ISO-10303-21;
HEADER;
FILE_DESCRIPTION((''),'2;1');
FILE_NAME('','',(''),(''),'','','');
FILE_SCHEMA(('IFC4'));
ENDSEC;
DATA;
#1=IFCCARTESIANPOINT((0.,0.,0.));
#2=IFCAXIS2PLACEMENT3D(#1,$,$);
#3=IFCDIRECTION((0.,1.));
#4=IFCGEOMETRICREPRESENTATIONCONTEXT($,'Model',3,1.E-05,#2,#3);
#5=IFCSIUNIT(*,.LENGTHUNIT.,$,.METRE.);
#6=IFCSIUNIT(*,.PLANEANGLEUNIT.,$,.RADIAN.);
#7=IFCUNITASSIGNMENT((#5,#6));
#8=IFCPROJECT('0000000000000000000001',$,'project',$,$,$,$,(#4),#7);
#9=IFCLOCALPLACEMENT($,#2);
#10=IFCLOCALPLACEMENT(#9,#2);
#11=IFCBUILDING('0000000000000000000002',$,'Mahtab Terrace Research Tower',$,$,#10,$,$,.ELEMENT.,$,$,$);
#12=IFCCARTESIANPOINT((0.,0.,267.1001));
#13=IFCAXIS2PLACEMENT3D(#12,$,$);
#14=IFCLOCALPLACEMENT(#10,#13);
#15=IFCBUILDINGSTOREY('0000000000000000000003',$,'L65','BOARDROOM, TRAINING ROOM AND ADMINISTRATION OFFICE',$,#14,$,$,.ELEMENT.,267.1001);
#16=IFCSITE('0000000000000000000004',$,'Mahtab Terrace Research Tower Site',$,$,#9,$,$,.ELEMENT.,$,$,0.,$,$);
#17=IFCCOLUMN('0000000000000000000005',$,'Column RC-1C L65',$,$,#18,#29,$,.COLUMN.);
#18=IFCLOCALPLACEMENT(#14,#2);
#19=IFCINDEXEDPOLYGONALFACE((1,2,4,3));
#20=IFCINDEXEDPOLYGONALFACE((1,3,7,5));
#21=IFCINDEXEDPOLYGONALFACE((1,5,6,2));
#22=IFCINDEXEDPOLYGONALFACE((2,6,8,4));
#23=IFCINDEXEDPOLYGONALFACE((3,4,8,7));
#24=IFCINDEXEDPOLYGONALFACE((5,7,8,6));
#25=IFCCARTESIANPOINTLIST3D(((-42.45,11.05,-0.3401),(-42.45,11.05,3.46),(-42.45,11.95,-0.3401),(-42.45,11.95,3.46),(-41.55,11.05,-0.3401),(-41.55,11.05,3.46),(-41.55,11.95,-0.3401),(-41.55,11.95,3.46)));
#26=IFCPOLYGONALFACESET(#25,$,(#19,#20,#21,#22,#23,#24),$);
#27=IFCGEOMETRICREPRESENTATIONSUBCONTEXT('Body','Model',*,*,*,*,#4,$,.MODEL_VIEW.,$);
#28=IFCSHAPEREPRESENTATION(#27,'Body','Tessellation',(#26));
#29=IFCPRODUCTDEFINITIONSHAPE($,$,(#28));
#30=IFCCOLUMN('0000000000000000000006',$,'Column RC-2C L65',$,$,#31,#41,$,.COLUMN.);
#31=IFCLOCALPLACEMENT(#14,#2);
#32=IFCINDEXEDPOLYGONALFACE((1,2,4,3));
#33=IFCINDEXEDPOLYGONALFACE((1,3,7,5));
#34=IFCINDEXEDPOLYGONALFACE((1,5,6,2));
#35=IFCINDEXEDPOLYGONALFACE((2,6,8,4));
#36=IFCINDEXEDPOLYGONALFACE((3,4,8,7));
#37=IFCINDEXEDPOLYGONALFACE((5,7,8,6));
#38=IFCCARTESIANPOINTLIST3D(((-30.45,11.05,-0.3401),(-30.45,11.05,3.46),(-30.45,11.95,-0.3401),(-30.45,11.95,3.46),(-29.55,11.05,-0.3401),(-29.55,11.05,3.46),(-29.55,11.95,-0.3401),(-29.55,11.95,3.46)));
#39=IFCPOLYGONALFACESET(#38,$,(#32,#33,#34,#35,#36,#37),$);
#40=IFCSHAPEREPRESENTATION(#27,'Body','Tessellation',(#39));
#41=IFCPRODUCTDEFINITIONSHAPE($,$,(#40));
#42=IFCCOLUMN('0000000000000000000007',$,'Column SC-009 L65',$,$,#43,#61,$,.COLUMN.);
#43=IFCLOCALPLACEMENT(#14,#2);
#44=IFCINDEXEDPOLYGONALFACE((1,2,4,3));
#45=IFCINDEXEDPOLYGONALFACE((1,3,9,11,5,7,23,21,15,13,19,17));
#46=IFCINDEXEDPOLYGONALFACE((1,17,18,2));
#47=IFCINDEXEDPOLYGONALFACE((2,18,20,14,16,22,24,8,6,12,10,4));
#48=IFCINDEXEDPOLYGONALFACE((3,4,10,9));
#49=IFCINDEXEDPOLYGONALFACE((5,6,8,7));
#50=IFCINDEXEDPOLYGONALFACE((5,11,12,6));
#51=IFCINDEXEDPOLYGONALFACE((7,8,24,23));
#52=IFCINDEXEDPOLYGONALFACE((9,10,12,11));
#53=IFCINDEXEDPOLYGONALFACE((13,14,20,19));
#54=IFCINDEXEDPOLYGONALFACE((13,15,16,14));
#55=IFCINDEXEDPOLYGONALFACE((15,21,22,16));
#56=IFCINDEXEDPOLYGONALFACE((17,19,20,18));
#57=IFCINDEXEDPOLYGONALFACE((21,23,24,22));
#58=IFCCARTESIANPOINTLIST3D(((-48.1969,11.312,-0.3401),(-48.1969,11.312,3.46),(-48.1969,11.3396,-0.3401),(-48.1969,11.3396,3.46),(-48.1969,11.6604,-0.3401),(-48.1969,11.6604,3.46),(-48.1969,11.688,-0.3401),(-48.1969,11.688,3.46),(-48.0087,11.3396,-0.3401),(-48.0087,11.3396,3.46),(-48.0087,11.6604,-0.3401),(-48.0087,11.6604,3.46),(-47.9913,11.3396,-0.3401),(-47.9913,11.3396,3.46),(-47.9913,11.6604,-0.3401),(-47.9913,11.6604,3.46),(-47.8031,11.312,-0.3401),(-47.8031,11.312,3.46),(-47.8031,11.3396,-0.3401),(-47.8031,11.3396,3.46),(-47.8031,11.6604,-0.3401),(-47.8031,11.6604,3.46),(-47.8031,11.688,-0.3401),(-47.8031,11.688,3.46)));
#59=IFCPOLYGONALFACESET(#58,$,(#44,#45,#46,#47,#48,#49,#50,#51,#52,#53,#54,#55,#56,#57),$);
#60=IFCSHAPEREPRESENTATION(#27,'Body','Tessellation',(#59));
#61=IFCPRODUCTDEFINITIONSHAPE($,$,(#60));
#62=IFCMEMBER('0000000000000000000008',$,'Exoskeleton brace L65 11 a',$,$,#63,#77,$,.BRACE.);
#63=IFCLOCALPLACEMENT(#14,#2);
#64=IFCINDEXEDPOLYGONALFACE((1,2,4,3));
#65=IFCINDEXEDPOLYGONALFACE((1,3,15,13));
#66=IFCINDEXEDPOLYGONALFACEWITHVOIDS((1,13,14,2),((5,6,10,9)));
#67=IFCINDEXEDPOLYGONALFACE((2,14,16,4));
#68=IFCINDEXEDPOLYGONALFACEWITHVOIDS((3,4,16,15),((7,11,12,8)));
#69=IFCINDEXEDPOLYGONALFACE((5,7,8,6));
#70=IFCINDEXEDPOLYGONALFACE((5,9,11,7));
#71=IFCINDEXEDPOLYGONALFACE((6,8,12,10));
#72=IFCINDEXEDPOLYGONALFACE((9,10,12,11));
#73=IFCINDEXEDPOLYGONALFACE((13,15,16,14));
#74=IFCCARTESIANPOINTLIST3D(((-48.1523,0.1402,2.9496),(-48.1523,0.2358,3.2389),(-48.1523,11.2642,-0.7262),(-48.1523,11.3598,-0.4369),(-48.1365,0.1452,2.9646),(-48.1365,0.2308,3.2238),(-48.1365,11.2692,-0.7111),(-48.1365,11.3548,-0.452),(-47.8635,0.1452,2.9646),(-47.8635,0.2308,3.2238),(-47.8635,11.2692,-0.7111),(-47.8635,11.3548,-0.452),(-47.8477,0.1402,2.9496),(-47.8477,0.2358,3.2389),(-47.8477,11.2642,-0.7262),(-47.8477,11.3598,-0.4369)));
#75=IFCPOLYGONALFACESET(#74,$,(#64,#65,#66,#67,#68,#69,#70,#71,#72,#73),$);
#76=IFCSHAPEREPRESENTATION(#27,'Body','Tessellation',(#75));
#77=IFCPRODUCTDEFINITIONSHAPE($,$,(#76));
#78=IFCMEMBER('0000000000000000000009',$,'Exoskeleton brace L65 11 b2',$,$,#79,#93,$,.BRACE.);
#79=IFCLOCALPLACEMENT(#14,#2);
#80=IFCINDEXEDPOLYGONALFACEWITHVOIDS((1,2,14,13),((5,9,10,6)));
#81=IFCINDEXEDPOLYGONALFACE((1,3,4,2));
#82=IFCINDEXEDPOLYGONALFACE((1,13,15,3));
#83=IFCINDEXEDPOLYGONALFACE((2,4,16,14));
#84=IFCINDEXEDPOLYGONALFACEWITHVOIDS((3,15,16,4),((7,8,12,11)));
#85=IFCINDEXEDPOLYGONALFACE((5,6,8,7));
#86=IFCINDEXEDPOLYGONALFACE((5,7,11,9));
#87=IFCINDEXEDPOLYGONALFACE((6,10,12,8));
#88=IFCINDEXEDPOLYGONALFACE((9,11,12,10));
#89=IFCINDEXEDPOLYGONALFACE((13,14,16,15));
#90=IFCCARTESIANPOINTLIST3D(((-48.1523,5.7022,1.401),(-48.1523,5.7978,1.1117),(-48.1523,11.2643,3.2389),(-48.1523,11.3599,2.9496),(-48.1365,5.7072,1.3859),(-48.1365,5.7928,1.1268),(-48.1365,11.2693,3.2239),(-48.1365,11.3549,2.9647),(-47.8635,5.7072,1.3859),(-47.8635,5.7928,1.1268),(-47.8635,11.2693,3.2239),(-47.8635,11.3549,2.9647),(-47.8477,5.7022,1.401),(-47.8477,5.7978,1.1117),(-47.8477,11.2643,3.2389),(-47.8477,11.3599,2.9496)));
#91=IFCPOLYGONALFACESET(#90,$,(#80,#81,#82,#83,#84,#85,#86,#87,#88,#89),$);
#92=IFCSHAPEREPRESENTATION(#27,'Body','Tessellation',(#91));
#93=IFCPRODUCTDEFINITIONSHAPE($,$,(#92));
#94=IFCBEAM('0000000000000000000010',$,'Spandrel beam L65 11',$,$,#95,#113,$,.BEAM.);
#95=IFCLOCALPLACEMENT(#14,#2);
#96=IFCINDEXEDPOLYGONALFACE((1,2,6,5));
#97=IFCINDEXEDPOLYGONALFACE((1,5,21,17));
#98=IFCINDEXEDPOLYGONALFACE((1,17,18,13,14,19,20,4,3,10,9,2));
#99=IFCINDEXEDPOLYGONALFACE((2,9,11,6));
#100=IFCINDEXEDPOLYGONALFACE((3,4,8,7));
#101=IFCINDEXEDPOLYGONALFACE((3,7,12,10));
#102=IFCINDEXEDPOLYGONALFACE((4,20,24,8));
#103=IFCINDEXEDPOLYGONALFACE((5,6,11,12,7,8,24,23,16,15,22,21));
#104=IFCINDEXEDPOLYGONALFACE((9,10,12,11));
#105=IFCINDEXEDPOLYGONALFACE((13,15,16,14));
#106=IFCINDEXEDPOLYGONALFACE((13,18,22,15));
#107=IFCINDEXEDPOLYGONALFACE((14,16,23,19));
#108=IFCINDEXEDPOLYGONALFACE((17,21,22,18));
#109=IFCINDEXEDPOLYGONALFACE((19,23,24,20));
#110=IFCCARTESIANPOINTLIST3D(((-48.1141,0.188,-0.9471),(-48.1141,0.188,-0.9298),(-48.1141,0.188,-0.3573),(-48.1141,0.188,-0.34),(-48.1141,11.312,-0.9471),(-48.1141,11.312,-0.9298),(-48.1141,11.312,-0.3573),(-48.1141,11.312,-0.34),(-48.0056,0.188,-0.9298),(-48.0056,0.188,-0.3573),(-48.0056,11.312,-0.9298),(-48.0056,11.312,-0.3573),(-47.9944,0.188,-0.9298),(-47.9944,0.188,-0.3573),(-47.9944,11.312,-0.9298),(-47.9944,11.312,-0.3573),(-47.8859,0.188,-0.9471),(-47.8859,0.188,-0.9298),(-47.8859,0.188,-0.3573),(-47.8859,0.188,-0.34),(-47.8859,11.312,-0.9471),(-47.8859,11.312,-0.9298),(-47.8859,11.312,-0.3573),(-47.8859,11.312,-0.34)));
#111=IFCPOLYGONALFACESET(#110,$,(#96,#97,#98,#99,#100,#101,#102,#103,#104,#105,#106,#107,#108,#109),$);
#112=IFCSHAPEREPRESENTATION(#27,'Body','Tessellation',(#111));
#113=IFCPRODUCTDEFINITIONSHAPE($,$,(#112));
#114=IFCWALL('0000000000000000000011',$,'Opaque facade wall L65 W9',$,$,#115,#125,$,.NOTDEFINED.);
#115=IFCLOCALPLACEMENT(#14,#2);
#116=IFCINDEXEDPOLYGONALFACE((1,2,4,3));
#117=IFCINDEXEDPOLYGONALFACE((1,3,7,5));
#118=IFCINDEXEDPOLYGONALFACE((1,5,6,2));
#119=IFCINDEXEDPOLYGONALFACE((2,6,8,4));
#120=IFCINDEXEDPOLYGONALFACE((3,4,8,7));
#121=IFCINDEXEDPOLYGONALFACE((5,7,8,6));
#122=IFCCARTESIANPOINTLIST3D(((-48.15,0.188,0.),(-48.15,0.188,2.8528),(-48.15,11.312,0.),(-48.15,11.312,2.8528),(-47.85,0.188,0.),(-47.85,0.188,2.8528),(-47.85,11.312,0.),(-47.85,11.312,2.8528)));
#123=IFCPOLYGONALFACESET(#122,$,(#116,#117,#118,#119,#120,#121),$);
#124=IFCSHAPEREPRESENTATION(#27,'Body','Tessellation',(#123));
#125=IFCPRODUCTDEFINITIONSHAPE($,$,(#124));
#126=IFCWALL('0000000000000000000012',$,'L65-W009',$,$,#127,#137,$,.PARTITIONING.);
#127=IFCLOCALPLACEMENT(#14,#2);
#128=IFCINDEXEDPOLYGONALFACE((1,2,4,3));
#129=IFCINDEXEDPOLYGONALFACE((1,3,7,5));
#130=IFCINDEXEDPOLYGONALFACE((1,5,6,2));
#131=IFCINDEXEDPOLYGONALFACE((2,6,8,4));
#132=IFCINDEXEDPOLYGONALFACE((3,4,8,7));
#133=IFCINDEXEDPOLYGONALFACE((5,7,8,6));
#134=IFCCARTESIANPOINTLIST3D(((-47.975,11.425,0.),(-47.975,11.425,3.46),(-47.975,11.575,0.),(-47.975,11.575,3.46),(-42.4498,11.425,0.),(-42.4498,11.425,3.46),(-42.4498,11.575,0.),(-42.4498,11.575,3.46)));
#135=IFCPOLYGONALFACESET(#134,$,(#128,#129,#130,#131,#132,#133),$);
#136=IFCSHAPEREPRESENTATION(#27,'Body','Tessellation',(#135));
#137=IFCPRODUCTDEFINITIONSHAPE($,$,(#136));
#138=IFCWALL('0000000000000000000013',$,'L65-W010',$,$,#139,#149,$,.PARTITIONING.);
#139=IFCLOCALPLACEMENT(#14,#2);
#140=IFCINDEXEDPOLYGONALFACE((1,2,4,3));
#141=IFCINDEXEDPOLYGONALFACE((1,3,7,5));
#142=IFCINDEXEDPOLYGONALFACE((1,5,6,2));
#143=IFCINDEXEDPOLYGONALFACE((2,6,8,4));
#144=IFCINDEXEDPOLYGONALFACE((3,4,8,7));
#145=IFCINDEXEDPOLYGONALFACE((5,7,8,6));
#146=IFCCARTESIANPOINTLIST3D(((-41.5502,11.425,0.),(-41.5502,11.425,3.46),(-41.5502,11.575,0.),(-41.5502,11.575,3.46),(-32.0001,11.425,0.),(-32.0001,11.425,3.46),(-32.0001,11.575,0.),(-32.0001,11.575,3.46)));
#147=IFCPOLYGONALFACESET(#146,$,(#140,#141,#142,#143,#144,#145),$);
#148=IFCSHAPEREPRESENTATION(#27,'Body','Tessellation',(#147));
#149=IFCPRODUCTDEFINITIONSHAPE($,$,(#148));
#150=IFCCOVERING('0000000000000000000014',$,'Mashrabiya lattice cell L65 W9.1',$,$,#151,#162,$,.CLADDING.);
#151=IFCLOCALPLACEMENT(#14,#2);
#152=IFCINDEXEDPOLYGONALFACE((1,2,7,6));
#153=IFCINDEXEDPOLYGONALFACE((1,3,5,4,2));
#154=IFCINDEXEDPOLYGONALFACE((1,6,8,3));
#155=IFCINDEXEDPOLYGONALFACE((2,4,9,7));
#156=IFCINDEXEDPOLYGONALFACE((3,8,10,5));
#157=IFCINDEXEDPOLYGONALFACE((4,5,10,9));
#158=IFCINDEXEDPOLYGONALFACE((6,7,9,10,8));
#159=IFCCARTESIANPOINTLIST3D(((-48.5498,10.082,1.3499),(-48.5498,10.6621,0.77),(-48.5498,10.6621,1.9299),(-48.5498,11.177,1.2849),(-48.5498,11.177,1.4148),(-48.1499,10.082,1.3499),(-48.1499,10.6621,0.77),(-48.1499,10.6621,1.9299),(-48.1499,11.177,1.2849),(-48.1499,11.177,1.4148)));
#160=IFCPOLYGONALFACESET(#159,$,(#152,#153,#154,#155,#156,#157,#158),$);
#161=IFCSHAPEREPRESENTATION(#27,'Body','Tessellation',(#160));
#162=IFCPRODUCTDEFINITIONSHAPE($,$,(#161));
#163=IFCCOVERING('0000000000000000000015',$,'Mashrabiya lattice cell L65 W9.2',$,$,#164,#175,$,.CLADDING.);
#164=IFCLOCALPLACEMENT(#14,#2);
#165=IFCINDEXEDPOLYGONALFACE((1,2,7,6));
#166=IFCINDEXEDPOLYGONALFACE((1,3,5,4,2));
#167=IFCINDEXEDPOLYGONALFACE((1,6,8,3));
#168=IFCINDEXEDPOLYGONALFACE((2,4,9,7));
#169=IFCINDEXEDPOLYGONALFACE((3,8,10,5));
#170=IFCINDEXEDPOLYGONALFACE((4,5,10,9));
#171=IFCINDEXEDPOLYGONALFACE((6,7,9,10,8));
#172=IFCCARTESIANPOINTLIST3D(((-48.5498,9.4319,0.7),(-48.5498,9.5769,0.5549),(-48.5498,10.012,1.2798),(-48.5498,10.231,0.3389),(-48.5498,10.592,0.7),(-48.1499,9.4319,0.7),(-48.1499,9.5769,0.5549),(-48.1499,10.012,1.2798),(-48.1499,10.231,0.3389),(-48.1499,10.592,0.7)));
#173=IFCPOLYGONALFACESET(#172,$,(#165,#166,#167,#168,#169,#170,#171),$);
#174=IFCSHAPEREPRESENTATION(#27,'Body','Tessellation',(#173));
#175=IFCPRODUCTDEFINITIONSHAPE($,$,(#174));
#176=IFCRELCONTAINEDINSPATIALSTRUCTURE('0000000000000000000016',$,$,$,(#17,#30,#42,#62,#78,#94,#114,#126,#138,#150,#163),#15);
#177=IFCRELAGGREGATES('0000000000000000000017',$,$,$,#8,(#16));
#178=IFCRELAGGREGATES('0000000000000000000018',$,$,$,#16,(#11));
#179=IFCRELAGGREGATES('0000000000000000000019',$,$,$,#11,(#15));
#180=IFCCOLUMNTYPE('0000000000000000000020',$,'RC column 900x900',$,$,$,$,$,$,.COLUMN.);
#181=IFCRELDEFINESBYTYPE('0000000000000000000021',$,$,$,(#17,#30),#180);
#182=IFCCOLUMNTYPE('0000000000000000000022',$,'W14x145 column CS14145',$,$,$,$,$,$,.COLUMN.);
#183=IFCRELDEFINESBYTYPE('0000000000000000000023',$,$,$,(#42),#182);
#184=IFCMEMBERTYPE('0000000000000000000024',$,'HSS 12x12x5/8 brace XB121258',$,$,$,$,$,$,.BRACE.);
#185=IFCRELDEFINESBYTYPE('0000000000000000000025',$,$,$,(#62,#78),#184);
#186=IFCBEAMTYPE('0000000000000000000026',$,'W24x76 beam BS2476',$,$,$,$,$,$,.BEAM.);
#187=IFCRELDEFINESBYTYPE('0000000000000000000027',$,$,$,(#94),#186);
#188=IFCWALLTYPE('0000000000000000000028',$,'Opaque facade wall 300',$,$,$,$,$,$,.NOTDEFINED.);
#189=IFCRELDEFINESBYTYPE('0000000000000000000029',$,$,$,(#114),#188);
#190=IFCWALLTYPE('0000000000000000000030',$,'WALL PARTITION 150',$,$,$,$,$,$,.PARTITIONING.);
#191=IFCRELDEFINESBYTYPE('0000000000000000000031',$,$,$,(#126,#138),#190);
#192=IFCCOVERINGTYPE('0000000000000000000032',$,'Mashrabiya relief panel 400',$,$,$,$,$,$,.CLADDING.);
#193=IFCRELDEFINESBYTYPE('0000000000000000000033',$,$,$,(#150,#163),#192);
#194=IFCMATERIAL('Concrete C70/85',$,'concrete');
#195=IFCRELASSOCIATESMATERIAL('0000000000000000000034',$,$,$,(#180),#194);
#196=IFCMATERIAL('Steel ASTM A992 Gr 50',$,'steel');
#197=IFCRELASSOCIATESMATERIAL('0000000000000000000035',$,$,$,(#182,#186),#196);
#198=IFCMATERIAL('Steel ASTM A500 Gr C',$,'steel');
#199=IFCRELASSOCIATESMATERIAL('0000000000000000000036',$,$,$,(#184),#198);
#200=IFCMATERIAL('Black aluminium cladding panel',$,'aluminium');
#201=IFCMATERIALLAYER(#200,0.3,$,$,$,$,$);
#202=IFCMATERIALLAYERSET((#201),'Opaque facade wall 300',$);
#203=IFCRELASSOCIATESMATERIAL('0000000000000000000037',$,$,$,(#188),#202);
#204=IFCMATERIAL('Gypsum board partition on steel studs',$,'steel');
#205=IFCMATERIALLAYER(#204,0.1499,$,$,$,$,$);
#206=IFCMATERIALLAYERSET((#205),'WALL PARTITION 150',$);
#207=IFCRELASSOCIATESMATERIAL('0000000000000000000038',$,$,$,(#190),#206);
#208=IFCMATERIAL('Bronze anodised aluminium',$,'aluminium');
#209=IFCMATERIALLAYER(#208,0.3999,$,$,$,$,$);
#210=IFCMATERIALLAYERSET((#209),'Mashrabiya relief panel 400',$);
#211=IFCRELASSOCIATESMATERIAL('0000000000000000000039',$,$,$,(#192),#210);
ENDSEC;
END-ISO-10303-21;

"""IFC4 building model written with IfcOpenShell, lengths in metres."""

from ifc_helpers import new_model, si_unit, direction, frame, frame_2d, origin, origin_2d, place, context, subcontext, project, spatial, polyline, rectangle, hollow_rectangle, i_section, outline, extrude, material, layer, layer_set, material_profile, profile_set, type_object, element, save


model = new_model("IFC4")

# Units and contexts
model_context = context("Model", 3, precision=1e-05, world=origin(), true_north=direction((0.0, 1.0)))
body_context = subcontext(model_context, "Body", "Model", "MODEL_VIEW")
ifc_project = project(units=[si_unit("LENGTHUNIT", "METRE"), si_unit("PLANEANGLEUNIT", "RADIAN")], contexts=[model_context])

# Site, building, storey
site_placement = place(None, origin())
site = spatial("IfcSite", under=ifc_project, at=site_placement, Name="Mahtab Terrace Research Tower Site", CompositionType="ELEMENT", RefElevation=0.0)
building_placement = place(site_placement, origin())
building = spatial("IfcBuilding", under=site, at=building_placement, Name="Mahtab Terrace Research Tower", CompositionType="ELEMENT")
storey_placement = place(building_placement, frame((0.0, 0.0, 267.1001)))
storey = spatial("IfcBuildingStorey", under=building, at=storey_placement, Name="L65", Description="BOARDROOM, TRAINING ROOM AND ADMINISTRATION OFFICE", CompositionType="ELEMENT", Elevation=267.1001)

# Columns
ifc_material_1 = material(Name="Concrete C70/85", Category="concrete")
ifc_material_profile_1 = material_profile(ifc_material_1, rectangle(XDim=0.8999, YDim=0.8999, at=origin_2d()), Name="RC column 900x900")
ifc_profile_set_1 = profile_set([ifc_material_profile_1], Name="Concrete C70/85")
column_type_1 = type_object("IfcColumnType", Name="RC column 900x900", PredefinedType="COLUMN", material=ifc_profile_set_1)
for number, where, z_axis, x_axis, name in (
    (1, (-42.0, 11.5, -0.3401), (0.0, 0.0, 1.0), (1.0, 0.0, 0.0), "Column RC-1C L65"),
    (2, (-30.0, 11.5, -0.3401), (0.0, 0.0, 1.0), (1.0, 0.0, 0.0), "Column RC-2C L65"),
):
    element("IfcColumn", number, at=place(storey_placement, frame(where, z_axis=z_axis, x_axis=x_axis)), inside=storey, type_object=column_type_1, Name=name, PredefinedType="COLUMN", context=body_context, shape_type="SweptSolid", body=[
        extrude(rectangle(XDim=0.8999, YDim=0.8999, at=origin_2d()), origin(), (0.0, 0.0, 1.0), 3.8),
    ])
ifc_material_2 = material(Name="Steel ASTM A992 Gr 50", Category="steel")
ifc_material_profile_2 = material_profile(ifc_material_2, i_section(OverallWidth=0.3938, OverallDepth=0.376, WebThickness=0.0173, FlangeThickness=0.0276, at=origin_2d()), Name="W14X145")
ifc_profile_set_2 = profile_set([ifc_material_profile_2], Name="Steel ASTM A992 Gr 50")
column_type_2 = type_object("IfcColumnType", Name="W14x145 column CS14145", PredefinedType="COLUMN", material=ifc_profile_set_2)
column_placement = place(storey_placement, frame((-48.0, 11.5, -0.3401), z_axis=(0.0, 0.0, 1.0), x_axis=(1.0, 0.0, 0.0)))
element("IfcColumn", 3, at=column_placement, inside=storey, type_object=column_type_2, Name="Column SC-009 L65", PredefinedType="COLUMN", context=body_context, shape_type="SweptSolid", body=[
    extrude(i_section(OverallWidth=0.3938, OverallDepth=0.376, WebThickness=0.0173, FlangeThickness=0.0276, at=origin_2d()), origin(), (0.0, 0.0, 1.0), 3.8),
])

# Members
ifc_material_3 = material(Name="Steel ASTM A500 Gr C", Category="steel")
ifc_material_profile_3 = material_profile(ifc_material_3, hollow_rectangle(XDim=0.3047, YDim=0.3047, WallThickness=0.0159, at=origin_2d()), Name="HSS12X12X5/8")
ifc_profile_set_3 = profile_set([ifc_material_profile_3], Name="Steel ASTM A500 Gr C")
member_type = type_object("IfcMemberType", Name="HSS 12x12x5/8 brace XB121258", PredefinedType="BRACE", material=ifc_profile_set_3)
member_1_placement = place(storey_placement, frame((-48.0, 11.312, -0.5815), z_axis=(0.0, -0.949505, 0.313751), x_axis=(1.0, 0.0, 0.0)))
element("IfcMember", 4, at=member_1_placement, inside=storey, type_object=member_type, Name="Exoskeleton brace L65 11 a", PredefinedType="BRACE", context=body_context, shape_type="SweptSolid", body=[
    extrude(hollow_rectangle(XDim=0.3047, YDim=0.3047, WallThickness=0.0159, at=origin_2d()), origin(), (0.0, 0.0, 1.0), 11.7156),
])
member_2_placement = place(storey_placement, frame((-48.0, 5.75, 1.2563), z_axis=(0.0, 0.949505, 0.313751), x_axis=(-1.0, 0.0, 0.0)))
element("IfcMember", 5, at=member_2_placement, inside=storey, type_object=member_type, Name="Exoskeleton brace L65 11 b2", PredefinedType="BRACE", context=body_context, shape_type="SweptSolid", body=[
    extrude(hollow_rectangle(XDim=0.3047, YDim=0.3047, WallThickness=0.0159, at=origin_2d()), origin(), (0.0, 0.0, 1.0), 5.8579),
])

# Beam
ifc_material_profile_4 = material_profile(ifc_material_2, i_section(OverallWidth=0.2283, OverallDepth=0.6072, WebThickness=0.0112, FlangeThickness=0.0173, at=origin_2d()), Name="W24X76")
ifc_profile_set_4 = profile_set([ifc_material_profile_4], Name="Steel ASTM A992 Gr 50")
beam_type = type_object("IfcBeamType", Name="W24x76 beam BS2476", PredefinedType="BEAM", material=ifc_profile_set_4)
beam_placement = place(storey_placement, frame((-48.0, 11.312, -0.6436), z_axis=(0.0, -1.0, 0.0), x_axis=(1.0, 0.0, 0.0)))
element("IfcBeam", 6, at=beam_placement, inside=storey, type_object=beam_type, Name="Spandrel beam L65 11", PredefinedType="BEAM", context=body_context, shape_type="SweptSolid", body=[
    extrude(i_section(OverallWidth=0.2283, OverallDepth=0.6072, WebThickness=0.0112, FlangeThickness=0.0173, at=origin_2d()), origin(), (0.0, 0.0, 1.0), 11.124),
])

# Walls
ifc_material_4 = material(Name="Black aluminium cladding panel", Category="aluminium")
ifc_layer_1 = layer(ifc_material_4, 0.3)
ifc_layer_set_1 = layer_set([ifc_layer_1], Name="Opaque facade wall 300")
wall_type_1 = type_object("IfcWallType", Name="Opaque facade wall 300", PredefinedType="NOTDEFINED", material=ifc_layer_set_1)
wall_1_placement = place(storey_placement, frame((-48.0, 11.312, 0.0), z_axis=(0.0, 0.0, 1.0), x_axis=(0.0, -1.0, 0.0)))
element("IfcWall", 7, at=wall_1_placement, inside=storey, type_object=wall_type_1, Name="Opaque facade wall L65 W9", PredefinedType="NOTDEFINED", context=body_context, shape_type="SweptSolid", body=[
    extrude(rectangle(XDim=11.124, YDim=0.3, at=frame_2d((5.562, 0.0))), origin(), (0.0, 0.0, 1.0), 2.8528),
])
ifc_material_5 = material(Name="Gypsum board partition on steel studs", Category="steel")
ifc_layer_2 = layer(ifc_material_5, 0.1499)
ifc_layer_set_2 = layer_set([ifc_layer_2], Name="WALL PARTITION 150")
wall_type_2 = type_object("IfcWallType", Name="WALL PARTITION 150", PredefinedType="PARTITIONING", material=ifc_layer_set_2)
wall_2_placement = place(storey_placement, frame((-47.9751, 11.5, 0.0), z_axis=(0.0, 0.0, 1.0), x_axis=(1.0, 0.0, 0.0)))
element("IfcWall", 8, at=wall_2_placement, inside=storey, type_object=wall_type_2, Name="L65-W009", PredefinedType="PARTITIONING", context=body_context, shape_type="SweptSolid", body=[
    extrude(rectangle(XDim=5.5251, YDim=0.1499, at=frame_2d((2.7627, 0.0))), origin(), (0.0, 0.0, 1.0), 3.46),
])
wall_3_placement = place(storey_placement, frame((-41.55, 11.5, 0.0), z_axis=(0.0, 0.0, 1.0), x_axis=(1.0, 0.0, 0.0)))
element("IfcWall", 9, at=wall_3_placement, inside=storey, type_object=wall_type_2, Name="L65-W010", PredefinedType="PARTITIONING", context=body_context, shape_type="SweptSolid", body=[
    extrude(rectangle(XDim=9.55, YDim=0.1499, at=frame_2d((4.7749, 0.0))), origin(), (0.0, 0.0, 1.0), 3.46),
])

# Coverings
ifc_material_6 = material(Name="Bronze anodised aluminium", Category="aluminium")
ifc_layer_3 = layer(ifc_material_6, 0.3999)
ifc_layer_set_3 = layer_set([ifc_layer_3], Name="Mashrabiya relief panel 400")
covering_type = type_object("IfcCoveringType", Name="Mashrabiya relief panel 400", PredefinedType="CLADDING", material=ifc_layer_set_3)
covering_1_placement = place(storey_placement, frame((-48.1499, 10.6621, 1.9299), z_axis=(1.0, 0.0, 0.0), x_axis=(0.0, -0.707107, -0.707107)))
element("IfcCovering", 10, at=covering_1_placement, inside=storey, type_object=covering_type, Name="Mashrabiya lattice cell L65 W9.1", PredefinedType="CLADDING", context=body_context, shape_type="SweptSolid", body=[
    extrude(outline(polyline([(0.0, 0.0), (0.8204, 0.0), (0.8202, 0.8202), (0.092, 0.8202), (0.0002, 0.7283), (0.0, 0.0)])), origin(), (0.0, 0.0, -1.0), 0.3999),
])
covering_2_placement = place(storey_placement, frame((-48.1499, 10.592, 0.7), z_axis=(1.0, 0.0, 0.0), x_axis=(0.0, -0.707256, 0.706958)))
element("IfcCovering", 11, at=covering_2_placement, inside=storey, type_object=covering_type, Name="Mashrabiya lattice cell L65 W9.2", PredefinedType="CLADDING", context=body_context, shape_type="SweptSolid", body=[
    extrude(outline(polyline([(0.0, 0.0), (0.8202, 0.0), (0.8205, 0.8202), (0.6154, 0.8202), (0.0001, 0.5106), (0.0, 0.0)])), origin(), (0.0, 0.0, -1.0), 0.3999),
])

save(model, "model.ifc")
